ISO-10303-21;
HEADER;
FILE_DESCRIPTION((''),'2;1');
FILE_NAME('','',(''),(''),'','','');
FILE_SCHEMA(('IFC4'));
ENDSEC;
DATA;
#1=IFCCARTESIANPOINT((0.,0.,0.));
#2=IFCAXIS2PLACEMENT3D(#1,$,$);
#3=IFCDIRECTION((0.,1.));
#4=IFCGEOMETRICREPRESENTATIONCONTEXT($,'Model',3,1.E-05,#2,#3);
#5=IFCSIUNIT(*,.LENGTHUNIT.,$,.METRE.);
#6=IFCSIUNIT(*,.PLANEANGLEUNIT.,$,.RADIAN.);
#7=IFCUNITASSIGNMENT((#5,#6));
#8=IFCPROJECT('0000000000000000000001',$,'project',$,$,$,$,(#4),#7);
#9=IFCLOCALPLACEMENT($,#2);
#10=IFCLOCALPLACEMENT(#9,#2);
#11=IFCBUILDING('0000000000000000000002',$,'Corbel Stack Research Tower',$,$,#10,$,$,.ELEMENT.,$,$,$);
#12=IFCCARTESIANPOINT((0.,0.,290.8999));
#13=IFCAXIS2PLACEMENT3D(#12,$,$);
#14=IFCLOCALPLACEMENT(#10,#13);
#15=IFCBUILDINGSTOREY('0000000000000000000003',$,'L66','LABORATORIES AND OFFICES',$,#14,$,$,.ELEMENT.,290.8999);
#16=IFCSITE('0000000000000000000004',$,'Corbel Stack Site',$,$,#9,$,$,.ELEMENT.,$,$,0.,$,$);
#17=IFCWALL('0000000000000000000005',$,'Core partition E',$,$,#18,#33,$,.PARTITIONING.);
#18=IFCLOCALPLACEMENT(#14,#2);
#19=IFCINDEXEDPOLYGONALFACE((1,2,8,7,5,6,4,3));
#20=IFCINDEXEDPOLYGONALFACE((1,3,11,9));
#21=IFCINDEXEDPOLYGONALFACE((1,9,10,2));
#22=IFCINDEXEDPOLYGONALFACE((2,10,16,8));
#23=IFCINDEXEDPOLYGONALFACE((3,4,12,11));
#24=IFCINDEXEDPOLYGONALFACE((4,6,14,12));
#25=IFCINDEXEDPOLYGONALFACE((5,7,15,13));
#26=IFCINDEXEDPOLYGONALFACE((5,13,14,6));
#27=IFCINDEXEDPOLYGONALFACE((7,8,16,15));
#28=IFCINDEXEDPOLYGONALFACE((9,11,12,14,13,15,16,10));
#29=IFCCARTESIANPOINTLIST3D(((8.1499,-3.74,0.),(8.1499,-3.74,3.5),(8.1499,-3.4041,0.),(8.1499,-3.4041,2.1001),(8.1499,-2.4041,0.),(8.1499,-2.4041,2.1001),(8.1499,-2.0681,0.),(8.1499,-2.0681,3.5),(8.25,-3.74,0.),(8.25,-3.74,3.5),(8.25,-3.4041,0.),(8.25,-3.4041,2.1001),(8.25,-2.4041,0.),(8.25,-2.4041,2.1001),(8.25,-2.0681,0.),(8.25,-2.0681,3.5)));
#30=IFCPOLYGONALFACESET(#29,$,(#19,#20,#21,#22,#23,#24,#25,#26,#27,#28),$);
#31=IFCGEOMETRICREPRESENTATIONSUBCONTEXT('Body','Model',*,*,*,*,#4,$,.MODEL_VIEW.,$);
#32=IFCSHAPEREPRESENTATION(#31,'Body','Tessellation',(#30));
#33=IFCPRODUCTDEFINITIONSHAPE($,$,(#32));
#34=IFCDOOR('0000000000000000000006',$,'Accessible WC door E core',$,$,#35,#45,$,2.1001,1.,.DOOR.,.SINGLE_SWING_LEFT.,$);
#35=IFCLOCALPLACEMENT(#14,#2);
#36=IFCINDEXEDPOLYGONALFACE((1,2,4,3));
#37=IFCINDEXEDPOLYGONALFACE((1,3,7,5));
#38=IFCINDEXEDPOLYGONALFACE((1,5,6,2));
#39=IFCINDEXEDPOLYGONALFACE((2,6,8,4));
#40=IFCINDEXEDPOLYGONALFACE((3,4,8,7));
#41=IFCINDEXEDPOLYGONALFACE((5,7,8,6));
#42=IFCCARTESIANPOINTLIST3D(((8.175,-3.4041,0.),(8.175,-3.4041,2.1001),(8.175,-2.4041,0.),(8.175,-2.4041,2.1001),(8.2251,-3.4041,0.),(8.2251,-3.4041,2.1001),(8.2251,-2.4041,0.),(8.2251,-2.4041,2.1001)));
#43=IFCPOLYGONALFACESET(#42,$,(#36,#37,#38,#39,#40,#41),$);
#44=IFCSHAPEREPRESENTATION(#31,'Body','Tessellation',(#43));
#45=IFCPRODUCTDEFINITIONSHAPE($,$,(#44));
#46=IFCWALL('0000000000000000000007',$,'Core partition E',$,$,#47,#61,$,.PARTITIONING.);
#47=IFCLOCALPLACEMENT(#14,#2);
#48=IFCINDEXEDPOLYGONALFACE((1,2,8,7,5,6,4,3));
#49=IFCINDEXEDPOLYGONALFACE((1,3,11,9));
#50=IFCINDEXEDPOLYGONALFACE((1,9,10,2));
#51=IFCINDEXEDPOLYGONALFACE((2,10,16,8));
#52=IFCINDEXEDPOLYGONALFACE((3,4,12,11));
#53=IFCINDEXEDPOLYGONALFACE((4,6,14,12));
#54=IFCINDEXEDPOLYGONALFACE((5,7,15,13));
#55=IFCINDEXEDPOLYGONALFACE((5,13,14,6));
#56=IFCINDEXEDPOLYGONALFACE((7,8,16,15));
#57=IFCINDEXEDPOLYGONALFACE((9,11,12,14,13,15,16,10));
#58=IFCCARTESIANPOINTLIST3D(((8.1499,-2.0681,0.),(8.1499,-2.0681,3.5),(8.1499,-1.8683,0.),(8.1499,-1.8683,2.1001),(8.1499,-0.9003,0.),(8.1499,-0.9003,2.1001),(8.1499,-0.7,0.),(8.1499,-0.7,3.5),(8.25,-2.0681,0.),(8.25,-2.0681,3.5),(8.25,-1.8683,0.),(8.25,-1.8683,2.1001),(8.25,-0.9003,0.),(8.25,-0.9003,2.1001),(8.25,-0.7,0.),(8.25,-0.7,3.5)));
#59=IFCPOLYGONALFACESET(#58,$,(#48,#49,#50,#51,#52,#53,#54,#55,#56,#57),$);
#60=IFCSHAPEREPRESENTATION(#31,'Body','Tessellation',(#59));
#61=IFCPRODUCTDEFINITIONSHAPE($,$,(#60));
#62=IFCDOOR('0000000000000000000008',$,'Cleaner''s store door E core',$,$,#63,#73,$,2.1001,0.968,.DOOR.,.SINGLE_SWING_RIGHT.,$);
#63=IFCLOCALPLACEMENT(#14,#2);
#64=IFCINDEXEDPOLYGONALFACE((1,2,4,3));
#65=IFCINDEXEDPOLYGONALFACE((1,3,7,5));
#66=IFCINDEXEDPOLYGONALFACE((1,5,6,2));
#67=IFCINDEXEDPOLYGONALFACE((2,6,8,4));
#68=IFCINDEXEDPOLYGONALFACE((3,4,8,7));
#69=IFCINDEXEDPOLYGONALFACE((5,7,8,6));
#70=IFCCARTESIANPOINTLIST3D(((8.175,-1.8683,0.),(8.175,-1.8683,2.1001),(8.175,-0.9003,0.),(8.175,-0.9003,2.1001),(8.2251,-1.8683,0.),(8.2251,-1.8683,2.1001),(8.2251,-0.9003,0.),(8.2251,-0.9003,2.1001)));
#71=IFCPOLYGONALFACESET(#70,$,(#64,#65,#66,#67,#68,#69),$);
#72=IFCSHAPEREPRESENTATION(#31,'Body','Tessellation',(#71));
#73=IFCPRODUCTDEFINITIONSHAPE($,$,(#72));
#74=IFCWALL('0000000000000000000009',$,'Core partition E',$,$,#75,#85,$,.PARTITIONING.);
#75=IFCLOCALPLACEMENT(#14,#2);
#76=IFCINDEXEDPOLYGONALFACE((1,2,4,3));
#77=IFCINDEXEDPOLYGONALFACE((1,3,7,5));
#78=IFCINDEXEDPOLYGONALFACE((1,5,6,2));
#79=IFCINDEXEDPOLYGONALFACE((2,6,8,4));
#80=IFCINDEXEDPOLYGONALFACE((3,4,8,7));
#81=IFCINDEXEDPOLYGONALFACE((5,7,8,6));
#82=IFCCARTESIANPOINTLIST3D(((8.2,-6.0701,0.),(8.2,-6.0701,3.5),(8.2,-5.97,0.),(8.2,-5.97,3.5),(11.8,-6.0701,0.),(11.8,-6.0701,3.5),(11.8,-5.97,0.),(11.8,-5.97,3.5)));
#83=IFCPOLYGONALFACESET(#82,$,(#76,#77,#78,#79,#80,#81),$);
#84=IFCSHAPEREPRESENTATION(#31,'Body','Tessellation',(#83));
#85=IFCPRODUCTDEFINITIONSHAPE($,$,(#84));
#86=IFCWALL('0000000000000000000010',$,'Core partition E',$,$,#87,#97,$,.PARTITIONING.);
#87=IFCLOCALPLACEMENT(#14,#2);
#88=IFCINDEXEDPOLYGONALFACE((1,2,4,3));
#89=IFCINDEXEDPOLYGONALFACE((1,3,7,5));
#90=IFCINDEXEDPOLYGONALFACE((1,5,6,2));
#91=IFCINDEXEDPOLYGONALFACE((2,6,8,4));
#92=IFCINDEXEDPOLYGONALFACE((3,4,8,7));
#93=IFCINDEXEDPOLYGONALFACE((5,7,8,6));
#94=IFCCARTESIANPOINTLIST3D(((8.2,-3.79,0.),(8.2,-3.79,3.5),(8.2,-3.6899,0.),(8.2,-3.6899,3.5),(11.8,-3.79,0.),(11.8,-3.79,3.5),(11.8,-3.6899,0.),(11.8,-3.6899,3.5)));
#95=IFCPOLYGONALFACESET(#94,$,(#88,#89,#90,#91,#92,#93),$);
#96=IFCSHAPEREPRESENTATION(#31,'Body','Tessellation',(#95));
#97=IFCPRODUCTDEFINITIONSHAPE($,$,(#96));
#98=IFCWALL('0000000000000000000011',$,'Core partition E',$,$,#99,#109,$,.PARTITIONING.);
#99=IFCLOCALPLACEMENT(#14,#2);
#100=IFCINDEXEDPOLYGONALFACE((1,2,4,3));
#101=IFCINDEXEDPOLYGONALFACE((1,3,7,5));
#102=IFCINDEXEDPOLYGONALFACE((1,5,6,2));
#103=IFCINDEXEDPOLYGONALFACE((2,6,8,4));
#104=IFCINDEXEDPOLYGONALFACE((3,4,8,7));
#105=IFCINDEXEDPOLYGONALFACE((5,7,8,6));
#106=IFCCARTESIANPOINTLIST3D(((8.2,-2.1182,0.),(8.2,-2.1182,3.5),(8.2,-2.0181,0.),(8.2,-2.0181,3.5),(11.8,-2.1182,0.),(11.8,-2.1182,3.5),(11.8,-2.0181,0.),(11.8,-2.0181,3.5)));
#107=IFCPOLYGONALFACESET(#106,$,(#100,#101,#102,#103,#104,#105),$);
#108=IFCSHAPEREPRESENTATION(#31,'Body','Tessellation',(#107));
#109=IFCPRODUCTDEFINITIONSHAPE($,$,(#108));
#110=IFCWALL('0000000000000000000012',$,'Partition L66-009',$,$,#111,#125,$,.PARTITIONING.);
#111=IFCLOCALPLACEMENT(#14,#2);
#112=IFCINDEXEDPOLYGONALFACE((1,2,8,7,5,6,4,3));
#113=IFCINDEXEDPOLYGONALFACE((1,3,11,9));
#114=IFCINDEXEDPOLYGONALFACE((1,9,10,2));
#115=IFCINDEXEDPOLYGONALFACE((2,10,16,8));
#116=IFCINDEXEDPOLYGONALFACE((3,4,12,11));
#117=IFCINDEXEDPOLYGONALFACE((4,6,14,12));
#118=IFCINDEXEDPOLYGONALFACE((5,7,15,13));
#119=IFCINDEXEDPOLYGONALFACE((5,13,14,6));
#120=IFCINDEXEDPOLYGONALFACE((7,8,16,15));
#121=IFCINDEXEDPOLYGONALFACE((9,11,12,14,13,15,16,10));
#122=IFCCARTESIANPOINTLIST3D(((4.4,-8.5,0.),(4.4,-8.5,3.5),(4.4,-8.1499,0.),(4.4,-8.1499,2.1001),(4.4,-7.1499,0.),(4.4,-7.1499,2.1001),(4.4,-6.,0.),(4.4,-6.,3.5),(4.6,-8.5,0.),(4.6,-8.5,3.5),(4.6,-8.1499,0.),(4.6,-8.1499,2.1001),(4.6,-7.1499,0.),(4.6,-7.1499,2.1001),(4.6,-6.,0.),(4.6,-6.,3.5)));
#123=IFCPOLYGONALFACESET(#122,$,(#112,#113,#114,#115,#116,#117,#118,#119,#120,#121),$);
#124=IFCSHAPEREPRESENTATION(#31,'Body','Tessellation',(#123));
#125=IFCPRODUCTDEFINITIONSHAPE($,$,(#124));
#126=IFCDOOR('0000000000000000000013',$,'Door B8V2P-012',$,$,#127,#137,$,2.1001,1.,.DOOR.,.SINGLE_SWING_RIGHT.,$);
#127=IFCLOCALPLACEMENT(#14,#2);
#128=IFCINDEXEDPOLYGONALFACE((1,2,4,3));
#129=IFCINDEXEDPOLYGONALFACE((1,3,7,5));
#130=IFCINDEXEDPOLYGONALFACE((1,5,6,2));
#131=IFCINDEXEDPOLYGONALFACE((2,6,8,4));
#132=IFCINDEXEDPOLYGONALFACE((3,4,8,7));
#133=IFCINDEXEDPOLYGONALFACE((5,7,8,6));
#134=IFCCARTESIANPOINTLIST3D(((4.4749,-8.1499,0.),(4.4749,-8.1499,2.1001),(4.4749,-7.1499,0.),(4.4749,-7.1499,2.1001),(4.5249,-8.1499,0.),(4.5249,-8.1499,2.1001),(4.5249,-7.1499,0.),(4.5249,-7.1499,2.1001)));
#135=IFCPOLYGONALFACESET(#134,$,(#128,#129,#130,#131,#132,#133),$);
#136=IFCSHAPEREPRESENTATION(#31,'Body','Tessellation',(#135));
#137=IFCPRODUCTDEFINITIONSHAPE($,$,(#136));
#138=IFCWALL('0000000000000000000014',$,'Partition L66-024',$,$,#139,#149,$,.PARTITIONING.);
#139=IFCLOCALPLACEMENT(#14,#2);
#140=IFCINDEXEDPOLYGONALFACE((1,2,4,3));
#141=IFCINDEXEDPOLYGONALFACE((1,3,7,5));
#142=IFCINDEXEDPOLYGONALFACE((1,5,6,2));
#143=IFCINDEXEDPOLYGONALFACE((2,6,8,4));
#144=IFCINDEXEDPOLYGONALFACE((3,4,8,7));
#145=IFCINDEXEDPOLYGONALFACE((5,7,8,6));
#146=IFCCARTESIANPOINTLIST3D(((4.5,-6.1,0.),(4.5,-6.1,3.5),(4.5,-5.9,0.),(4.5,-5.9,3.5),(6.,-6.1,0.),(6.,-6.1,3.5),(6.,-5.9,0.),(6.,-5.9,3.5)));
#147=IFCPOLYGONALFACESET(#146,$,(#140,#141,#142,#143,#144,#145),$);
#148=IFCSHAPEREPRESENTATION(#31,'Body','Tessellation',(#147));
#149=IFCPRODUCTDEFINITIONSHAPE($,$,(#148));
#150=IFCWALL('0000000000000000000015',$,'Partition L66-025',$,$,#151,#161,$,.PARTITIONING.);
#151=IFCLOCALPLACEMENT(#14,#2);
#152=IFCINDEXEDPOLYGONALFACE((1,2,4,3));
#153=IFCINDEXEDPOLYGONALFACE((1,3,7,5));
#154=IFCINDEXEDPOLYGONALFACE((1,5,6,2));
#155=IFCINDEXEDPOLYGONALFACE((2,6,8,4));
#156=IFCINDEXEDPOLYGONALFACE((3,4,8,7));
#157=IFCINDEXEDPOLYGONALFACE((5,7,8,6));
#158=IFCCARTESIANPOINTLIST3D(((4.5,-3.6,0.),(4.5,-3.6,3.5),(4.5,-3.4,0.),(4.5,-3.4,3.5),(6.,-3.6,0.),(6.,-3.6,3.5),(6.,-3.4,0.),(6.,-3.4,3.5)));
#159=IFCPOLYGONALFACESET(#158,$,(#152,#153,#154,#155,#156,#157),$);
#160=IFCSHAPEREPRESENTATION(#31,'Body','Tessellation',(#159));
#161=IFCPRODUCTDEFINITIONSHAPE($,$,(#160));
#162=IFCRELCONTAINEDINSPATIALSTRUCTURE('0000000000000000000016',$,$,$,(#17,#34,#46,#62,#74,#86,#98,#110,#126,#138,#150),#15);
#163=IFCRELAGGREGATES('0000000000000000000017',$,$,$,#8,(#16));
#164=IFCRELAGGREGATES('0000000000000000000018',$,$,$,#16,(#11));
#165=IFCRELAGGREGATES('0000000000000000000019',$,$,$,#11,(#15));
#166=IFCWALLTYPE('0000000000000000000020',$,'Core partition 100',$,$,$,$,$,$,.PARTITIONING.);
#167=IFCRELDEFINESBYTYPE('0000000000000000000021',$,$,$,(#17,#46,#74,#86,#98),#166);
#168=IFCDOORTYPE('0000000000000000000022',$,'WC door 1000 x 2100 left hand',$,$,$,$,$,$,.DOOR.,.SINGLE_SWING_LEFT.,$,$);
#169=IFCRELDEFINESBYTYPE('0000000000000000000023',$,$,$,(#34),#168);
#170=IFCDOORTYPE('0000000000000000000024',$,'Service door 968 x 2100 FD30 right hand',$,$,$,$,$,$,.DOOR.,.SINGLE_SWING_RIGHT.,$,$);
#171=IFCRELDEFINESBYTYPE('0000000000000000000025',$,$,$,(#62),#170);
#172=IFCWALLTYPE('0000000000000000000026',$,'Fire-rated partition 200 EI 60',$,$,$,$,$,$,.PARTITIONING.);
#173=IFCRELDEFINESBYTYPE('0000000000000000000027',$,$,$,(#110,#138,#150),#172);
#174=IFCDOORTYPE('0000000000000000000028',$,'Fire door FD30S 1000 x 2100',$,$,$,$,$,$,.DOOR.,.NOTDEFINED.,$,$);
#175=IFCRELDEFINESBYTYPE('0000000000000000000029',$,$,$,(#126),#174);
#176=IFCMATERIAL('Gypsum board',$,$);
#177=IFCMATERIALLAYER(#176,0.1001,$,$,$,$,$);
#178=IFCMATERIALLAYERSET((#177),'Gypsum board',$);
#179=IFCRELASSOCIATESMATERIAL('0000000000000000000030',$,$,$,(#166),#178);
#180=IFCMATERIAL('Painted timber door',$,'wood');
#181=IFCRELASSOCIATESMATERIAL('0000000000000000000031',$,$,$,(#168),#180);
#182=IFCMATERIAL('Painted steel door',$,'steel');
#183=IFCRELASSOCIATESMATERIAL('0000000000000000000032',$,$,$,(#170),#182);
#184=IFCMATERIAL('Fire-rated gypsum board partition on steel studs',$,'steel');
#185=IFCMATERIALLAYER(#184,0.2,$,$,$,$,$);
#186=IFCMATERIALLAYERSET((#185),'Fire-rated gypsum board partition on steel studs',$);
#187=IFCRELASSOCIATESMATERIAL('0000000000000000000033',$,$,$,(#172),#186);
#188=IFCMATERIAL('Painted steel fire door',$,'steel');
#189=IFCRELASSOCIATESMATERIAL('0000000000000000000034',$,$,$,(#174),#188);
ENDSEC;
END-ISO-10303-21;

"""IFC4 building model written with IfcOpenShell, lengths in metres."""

from ifc_helpers import new_model, si_unit, direction, frame, frame_2d, origin, place, context, subcontext, project, spatial, rectangle, extrude, material, layer, layer_set, type_object, element, fill, save


model = new_model("IFC4")

# Units and contexts
model_context = context("Model", 3, precision=1e-05, world=origin(), true_north=direction((0.0, 1.0)))
body_context = subcontext(model_context, "Body", "Model", "MODEL_VIEW")
ifc_project = project(units=[si_unit("LENGTHUNIT", "METRE"), si_unit("PLANEANGLEUNIT", "RADIAN")], contexts=[model_context])

# Site, building, storey
site_placement = place(None, origin())
site = spatial("IfcSite", under=ifc_project, at=site_placement, Name="Corbel Stack Site", CompositionType="ELEMENT", RefElevation=0.0)
building_placement = place(site_placement, origin())
building = spatial("IfcBuilding", under=site, at=building_placement, Name="Corbel Stack Research Tower", CompositionType="ELEMENT")
storey_placement = place(building_placement, frame((0.0, 0.0, 290.8999)))
storey = spatial("IfcBuildingStorey", under=building, at=storey_placement, Name="L66", Description="LABORATORIES AND OFFICES", CompositionType="ELEMENT", Elevation=290.8999)

# Walls, openings, doors
ifc_material_1 = material(Name="Gypsum board")
ifc_layer_1 = layer(ifc_material_1, 0.1001)
ifc_layer_set_1 = layer_set([ifc_layer_1], Name="Gypsum board")
wall_type_1 = type_object("IfcWallType", Name="Core partition 100", PredefinedType="PARTITIONING", material=ifc_layer_set_1)
wall_1_placement = place(storey_placement, frame((8.2, -3.74, 0.0), z_axis=(0.0, 0.0, 1.0), x_axis=(0.0, 1.0, 0.0)))
wall_1 = element("IfcWall", 1, at=wall_1_placement, inside=storey, type_object=wall_type_1, Name="Core partition E", PredefinedType="PARTITIONING", context=body_context, shape_type="SweptSolid", body=[
    extrude(rectangle(XDim=1.6719, YDim=0.1001, at=frame_2d((0.8359, 0.0))), origin(), (0.0, 0.0, 1.0), 3.5),
])
opening_1_placement = place(wall_1_placement, frame((0.3359, 0.0, 0.0)))
opening_1 = element("IfcOpeningElement", 2, at=opening_1_placement, cuts=wall_1, PredefinedType="OPENING", context=body_context, shape_type="SweptSolid", body=[
    extrude(rectangle(XDim=1.0, YDim=2.1001, at=frame_2d((0.5, 1.05))), frame((0.0, 0.0601, 0.0), z_axis=(0.0, -1.0, 0.0), x_axis=(1.0, 0.0, 0.0)), (0.0, 0.0, 1.0), 0.1201),
])
ifc_material_2 = material(Name="Painted timber door", Category="wood")
door_type_1 = type_object("IfcDoorType", Name="WC door 1000 x 2100 left hand", OperationType="SINGLE_SWING_LEFT", PredefinedType="DOOR", material=ifc_material_2)
door_1_placement = place(opening_1_placement, origin())
door_1 = element("IfcDoor", 3, at=door_1_placement, inside=storey, type_object=door_type_1, Name="Accessible WC door E core", OperationType="SINGLE_SWING_LEFT", OverallHeight=2.1001, OverallWidth=1.0, PredefinedType="DOOR", context=body_context, shape_type="SweptSolid", body=[
    extrude(rectangle(XDim=1.0, YDim=2.1001, at=frame_2d((0.5, 1.05))), frame((0.0, 0.0249, 0.0), z_axis=(0.0, -1.0, 0.0), x_axis=(1.0, 0.0, 0.0)), (0.0, 0.0, 1.0), 0.05),
])
fill(opening_1, door_1)
wall_2_placement = place(storey_placement, frame((8.2, -2.0681, 0.0), z_axis=(0.0, 0.0, 1.0), x_axis=(0.0, 1.0, 0.0)))
wall_2 = element("IfcWall", 4, at=wall_2_placement, inside=storey, type_object=wall_type_1, Name="Core partition E", PredefinedType="PARTITIONING", context=body_context, shape_type="SweptSolid", body=[
    extrude(rectangle(XDim=1.3682, YDim=0.1001, at=frame_2d((0.6841, 0.0))), origin(), (0.0, 0.0, 1.0), 3.5),
])
opening_2_placement = place(wall_2_placement, frame((0.2, 0.0, 0.0)))
opening_2 = element("IfcOpeningElement", 5, at=opening_2_placement, cuts=wall_2, PredefinedType="OPENING", context=body_context, shape_type="SweptSolid", body=[
    extrude(rectangle(XDim=0.968, YDim=2.1001, at=frame_2d((0.4839, 1.05))), frame((0.0, 0.0601, 0.0), z_axis=(0.0, -1.0, 0.0), x_axis=(1.0, 0.0, 0.0)), (0.0, 0.0, 1.0), 0.1201),
])
ifc_material_3 = material(Name="Painted steel door", Category="steel")
door_type_2 = type_object("IfcDoorType", Name="Service door 968 x 2100 FD30 right hand", OperationType="SINGLE_SWING_RIGHT", PredefinedType="DOOR", material=ifc_material_3)
door_2_placement = place(opening_2_placement, origin())
door_2 = element("IfcDoor", 6, at=door_2_placement, inside=storey, type_object=door_type_2, Name="Cleaner's store door E core", OperationType="SINGLE_SWING_RIGHT", OverallHeight=2.1001, OverallWidth=0.968, PredefinedType="DOOR", context=body_context, shape_type="SweptSolid", body=[
    extrude(rectangle(XDim=0.968, YDim=2.1001, at=frame_2d((0.4839, 1.05))), frame((0.0, 0.0249, 0.0), z_axis=(0.0, -1.0, 0.0), x_axis=(1.0, 0.0, 0.0)), (0.0, 0.0, 1.0), 0.05),
])
fill(opening_2, door_2)

# Walls
for number, where, z_axis, x_axis, name in (
    (7, (8.2, -6.02, 0.0), (0.0, 0.0, 1.0), (1.0, 0.0, 0.0), "Core partition E"),
    (8, (8.2, -3.74, 0.0), (0.0, 0.0, 1.0), (1.0, 0.0, 0.0), "Core partition E"),
    (9, (8.2, -2.0681, 0.0), (0.0, 0.0, 1.0), (1.0, 0.0, 0.0), "Core partition E"),
):
    element("IfcWall", number, at=place(storey_placement, frame(where, z_axis=z_axis, x_axis=x_axis)), inside=storey, type_object=wall_type_1, Name=name, PredefinedType="PARTITIONING", context=body_context, shape_type="SweptSolid", body=[
        extrude(rectangle(XDim=3.6001, YDim=0.1001, at=frame_2d((1.8, 0.0))), origin(), (0.0, 0.0, 1.0), 3.5),
    ])

# Wall, opening, door
ifc_material_4 = material(Name="Fire-rated gypsum board partition on steel studs", Category="steel")
ifc_layer_2 = layer(ifc_material_4, 0.2)
ifc_layer_set_2 = layer_set([ifc_layer_2], Name="Fire-rated gypsum board partition on steel studs")
wall_type_2 = type_object("IfcWallType", Name="Fire-rated partition 200 EI 60", PredefinedType="PARTITIONING", material=ifc_layer_set_2)
wall_3_placement = place(storey_placement, frame((4.5, -6.0, 0.0), z_axis=(0.0, 0.0, 1.0), x_axis=(0.0, -1.0, 0.0)))
wall_3 = element("IfcWall", 10, at=wall_3_placement, inside=storey, type_object=wall_type_2, Name="Partition L66-009", PredefinedType="PARTITIONING", context=body_context, shape_type="SweptSolid", body=[
    extrude(rectangle(XDim=2.5, YDim=0.2, at=frame_2d((1.25, 0.0))), origin(), (0.0, 0.0, 1.0), 3.5),
])
opening_3_placement = place(wall_3_placement, frame((1.1499, 0.0, 0.0)))
opening_3 = element("IfcOpeningElement", 11, at=opening_3_placement, cuts=wall_3, PredefinedType="OPENING", context=body_context, shape_type="SweptSolid", body=[
    extrude(rectangle(XDim=1.0, YDim=2.1001, at=frame_2d((0.5, 1.05))), frame((0.0, 0.1099, 0.0), z_axis=(0.0, -1.0, 0.0), x_axis=(1.0, 0.0, 0.0)), (0.0, 0.0, 1.0), 0.22),
])
ifc_material_5 = material(Name="Painted steel fire door", Category="steel")
door_type_3 = type_object("IfcDoorType", Name="Fire door FD30S 1000 x 2100", OperationType="NOTDEFINED", PredefinedType="DOOR", material=ifc_material_5)
door_3_placement = place(opening_3_placement, origin())
door_3 = element("IfcDoor", 12, at=door_3_placement, inside=storey, type_object=door_type_3, Name="Door B8V2P-012", OperationType="SINGLE_SWING_RIGHT", OverallHeight=2.1001, OverallWidth=1.0, PredefinedType="DOOR", context=body_context, shape_type="SweptSolid", body=[
    extrude(rectangle(XDim=1.0, YDim=2.1001, at=frame_2d((0.5, 1.05))), frame((0.0, 0.0249, 0.0), z_axis=(0.0, -1.0, 0.0), x_axis=(1.0, 0.0, 0.0)), (0.0, 0.0, 1.0), 0.05),
])
fill(opening_3, door_3)

# Walls
for number, where, z_axis, x_axis, name in (
    (13, (4.5, -6.0, 0.0), (0.0, 0.0, 1.0), (1.0, 0.0, 0.0), "Partition L66-024"),
    (14, (4.5, -3.5, 0.0), (0.0, 0.0, 1.0), (1.0, 0.0, 0.0), "Partition L66-025"),
):
    element("IfcWall", number, at=place(storey_placement, frame(where, z_axis=z_axis, x_axis=x_axis)), inside=storey, type_object=wall_type_2, Name=name, PredefinedType="PARTITIONING", context=body_context, shape_type="SweptSolid", body=[
        extrude(rectangle(XDim=1.5, YDim=0.2, at=frame_2d((0.75, 0.0))), origin(), (0.0, 0.0, 1.0), 3.5),
    ])

save(model, "model.ifc")
